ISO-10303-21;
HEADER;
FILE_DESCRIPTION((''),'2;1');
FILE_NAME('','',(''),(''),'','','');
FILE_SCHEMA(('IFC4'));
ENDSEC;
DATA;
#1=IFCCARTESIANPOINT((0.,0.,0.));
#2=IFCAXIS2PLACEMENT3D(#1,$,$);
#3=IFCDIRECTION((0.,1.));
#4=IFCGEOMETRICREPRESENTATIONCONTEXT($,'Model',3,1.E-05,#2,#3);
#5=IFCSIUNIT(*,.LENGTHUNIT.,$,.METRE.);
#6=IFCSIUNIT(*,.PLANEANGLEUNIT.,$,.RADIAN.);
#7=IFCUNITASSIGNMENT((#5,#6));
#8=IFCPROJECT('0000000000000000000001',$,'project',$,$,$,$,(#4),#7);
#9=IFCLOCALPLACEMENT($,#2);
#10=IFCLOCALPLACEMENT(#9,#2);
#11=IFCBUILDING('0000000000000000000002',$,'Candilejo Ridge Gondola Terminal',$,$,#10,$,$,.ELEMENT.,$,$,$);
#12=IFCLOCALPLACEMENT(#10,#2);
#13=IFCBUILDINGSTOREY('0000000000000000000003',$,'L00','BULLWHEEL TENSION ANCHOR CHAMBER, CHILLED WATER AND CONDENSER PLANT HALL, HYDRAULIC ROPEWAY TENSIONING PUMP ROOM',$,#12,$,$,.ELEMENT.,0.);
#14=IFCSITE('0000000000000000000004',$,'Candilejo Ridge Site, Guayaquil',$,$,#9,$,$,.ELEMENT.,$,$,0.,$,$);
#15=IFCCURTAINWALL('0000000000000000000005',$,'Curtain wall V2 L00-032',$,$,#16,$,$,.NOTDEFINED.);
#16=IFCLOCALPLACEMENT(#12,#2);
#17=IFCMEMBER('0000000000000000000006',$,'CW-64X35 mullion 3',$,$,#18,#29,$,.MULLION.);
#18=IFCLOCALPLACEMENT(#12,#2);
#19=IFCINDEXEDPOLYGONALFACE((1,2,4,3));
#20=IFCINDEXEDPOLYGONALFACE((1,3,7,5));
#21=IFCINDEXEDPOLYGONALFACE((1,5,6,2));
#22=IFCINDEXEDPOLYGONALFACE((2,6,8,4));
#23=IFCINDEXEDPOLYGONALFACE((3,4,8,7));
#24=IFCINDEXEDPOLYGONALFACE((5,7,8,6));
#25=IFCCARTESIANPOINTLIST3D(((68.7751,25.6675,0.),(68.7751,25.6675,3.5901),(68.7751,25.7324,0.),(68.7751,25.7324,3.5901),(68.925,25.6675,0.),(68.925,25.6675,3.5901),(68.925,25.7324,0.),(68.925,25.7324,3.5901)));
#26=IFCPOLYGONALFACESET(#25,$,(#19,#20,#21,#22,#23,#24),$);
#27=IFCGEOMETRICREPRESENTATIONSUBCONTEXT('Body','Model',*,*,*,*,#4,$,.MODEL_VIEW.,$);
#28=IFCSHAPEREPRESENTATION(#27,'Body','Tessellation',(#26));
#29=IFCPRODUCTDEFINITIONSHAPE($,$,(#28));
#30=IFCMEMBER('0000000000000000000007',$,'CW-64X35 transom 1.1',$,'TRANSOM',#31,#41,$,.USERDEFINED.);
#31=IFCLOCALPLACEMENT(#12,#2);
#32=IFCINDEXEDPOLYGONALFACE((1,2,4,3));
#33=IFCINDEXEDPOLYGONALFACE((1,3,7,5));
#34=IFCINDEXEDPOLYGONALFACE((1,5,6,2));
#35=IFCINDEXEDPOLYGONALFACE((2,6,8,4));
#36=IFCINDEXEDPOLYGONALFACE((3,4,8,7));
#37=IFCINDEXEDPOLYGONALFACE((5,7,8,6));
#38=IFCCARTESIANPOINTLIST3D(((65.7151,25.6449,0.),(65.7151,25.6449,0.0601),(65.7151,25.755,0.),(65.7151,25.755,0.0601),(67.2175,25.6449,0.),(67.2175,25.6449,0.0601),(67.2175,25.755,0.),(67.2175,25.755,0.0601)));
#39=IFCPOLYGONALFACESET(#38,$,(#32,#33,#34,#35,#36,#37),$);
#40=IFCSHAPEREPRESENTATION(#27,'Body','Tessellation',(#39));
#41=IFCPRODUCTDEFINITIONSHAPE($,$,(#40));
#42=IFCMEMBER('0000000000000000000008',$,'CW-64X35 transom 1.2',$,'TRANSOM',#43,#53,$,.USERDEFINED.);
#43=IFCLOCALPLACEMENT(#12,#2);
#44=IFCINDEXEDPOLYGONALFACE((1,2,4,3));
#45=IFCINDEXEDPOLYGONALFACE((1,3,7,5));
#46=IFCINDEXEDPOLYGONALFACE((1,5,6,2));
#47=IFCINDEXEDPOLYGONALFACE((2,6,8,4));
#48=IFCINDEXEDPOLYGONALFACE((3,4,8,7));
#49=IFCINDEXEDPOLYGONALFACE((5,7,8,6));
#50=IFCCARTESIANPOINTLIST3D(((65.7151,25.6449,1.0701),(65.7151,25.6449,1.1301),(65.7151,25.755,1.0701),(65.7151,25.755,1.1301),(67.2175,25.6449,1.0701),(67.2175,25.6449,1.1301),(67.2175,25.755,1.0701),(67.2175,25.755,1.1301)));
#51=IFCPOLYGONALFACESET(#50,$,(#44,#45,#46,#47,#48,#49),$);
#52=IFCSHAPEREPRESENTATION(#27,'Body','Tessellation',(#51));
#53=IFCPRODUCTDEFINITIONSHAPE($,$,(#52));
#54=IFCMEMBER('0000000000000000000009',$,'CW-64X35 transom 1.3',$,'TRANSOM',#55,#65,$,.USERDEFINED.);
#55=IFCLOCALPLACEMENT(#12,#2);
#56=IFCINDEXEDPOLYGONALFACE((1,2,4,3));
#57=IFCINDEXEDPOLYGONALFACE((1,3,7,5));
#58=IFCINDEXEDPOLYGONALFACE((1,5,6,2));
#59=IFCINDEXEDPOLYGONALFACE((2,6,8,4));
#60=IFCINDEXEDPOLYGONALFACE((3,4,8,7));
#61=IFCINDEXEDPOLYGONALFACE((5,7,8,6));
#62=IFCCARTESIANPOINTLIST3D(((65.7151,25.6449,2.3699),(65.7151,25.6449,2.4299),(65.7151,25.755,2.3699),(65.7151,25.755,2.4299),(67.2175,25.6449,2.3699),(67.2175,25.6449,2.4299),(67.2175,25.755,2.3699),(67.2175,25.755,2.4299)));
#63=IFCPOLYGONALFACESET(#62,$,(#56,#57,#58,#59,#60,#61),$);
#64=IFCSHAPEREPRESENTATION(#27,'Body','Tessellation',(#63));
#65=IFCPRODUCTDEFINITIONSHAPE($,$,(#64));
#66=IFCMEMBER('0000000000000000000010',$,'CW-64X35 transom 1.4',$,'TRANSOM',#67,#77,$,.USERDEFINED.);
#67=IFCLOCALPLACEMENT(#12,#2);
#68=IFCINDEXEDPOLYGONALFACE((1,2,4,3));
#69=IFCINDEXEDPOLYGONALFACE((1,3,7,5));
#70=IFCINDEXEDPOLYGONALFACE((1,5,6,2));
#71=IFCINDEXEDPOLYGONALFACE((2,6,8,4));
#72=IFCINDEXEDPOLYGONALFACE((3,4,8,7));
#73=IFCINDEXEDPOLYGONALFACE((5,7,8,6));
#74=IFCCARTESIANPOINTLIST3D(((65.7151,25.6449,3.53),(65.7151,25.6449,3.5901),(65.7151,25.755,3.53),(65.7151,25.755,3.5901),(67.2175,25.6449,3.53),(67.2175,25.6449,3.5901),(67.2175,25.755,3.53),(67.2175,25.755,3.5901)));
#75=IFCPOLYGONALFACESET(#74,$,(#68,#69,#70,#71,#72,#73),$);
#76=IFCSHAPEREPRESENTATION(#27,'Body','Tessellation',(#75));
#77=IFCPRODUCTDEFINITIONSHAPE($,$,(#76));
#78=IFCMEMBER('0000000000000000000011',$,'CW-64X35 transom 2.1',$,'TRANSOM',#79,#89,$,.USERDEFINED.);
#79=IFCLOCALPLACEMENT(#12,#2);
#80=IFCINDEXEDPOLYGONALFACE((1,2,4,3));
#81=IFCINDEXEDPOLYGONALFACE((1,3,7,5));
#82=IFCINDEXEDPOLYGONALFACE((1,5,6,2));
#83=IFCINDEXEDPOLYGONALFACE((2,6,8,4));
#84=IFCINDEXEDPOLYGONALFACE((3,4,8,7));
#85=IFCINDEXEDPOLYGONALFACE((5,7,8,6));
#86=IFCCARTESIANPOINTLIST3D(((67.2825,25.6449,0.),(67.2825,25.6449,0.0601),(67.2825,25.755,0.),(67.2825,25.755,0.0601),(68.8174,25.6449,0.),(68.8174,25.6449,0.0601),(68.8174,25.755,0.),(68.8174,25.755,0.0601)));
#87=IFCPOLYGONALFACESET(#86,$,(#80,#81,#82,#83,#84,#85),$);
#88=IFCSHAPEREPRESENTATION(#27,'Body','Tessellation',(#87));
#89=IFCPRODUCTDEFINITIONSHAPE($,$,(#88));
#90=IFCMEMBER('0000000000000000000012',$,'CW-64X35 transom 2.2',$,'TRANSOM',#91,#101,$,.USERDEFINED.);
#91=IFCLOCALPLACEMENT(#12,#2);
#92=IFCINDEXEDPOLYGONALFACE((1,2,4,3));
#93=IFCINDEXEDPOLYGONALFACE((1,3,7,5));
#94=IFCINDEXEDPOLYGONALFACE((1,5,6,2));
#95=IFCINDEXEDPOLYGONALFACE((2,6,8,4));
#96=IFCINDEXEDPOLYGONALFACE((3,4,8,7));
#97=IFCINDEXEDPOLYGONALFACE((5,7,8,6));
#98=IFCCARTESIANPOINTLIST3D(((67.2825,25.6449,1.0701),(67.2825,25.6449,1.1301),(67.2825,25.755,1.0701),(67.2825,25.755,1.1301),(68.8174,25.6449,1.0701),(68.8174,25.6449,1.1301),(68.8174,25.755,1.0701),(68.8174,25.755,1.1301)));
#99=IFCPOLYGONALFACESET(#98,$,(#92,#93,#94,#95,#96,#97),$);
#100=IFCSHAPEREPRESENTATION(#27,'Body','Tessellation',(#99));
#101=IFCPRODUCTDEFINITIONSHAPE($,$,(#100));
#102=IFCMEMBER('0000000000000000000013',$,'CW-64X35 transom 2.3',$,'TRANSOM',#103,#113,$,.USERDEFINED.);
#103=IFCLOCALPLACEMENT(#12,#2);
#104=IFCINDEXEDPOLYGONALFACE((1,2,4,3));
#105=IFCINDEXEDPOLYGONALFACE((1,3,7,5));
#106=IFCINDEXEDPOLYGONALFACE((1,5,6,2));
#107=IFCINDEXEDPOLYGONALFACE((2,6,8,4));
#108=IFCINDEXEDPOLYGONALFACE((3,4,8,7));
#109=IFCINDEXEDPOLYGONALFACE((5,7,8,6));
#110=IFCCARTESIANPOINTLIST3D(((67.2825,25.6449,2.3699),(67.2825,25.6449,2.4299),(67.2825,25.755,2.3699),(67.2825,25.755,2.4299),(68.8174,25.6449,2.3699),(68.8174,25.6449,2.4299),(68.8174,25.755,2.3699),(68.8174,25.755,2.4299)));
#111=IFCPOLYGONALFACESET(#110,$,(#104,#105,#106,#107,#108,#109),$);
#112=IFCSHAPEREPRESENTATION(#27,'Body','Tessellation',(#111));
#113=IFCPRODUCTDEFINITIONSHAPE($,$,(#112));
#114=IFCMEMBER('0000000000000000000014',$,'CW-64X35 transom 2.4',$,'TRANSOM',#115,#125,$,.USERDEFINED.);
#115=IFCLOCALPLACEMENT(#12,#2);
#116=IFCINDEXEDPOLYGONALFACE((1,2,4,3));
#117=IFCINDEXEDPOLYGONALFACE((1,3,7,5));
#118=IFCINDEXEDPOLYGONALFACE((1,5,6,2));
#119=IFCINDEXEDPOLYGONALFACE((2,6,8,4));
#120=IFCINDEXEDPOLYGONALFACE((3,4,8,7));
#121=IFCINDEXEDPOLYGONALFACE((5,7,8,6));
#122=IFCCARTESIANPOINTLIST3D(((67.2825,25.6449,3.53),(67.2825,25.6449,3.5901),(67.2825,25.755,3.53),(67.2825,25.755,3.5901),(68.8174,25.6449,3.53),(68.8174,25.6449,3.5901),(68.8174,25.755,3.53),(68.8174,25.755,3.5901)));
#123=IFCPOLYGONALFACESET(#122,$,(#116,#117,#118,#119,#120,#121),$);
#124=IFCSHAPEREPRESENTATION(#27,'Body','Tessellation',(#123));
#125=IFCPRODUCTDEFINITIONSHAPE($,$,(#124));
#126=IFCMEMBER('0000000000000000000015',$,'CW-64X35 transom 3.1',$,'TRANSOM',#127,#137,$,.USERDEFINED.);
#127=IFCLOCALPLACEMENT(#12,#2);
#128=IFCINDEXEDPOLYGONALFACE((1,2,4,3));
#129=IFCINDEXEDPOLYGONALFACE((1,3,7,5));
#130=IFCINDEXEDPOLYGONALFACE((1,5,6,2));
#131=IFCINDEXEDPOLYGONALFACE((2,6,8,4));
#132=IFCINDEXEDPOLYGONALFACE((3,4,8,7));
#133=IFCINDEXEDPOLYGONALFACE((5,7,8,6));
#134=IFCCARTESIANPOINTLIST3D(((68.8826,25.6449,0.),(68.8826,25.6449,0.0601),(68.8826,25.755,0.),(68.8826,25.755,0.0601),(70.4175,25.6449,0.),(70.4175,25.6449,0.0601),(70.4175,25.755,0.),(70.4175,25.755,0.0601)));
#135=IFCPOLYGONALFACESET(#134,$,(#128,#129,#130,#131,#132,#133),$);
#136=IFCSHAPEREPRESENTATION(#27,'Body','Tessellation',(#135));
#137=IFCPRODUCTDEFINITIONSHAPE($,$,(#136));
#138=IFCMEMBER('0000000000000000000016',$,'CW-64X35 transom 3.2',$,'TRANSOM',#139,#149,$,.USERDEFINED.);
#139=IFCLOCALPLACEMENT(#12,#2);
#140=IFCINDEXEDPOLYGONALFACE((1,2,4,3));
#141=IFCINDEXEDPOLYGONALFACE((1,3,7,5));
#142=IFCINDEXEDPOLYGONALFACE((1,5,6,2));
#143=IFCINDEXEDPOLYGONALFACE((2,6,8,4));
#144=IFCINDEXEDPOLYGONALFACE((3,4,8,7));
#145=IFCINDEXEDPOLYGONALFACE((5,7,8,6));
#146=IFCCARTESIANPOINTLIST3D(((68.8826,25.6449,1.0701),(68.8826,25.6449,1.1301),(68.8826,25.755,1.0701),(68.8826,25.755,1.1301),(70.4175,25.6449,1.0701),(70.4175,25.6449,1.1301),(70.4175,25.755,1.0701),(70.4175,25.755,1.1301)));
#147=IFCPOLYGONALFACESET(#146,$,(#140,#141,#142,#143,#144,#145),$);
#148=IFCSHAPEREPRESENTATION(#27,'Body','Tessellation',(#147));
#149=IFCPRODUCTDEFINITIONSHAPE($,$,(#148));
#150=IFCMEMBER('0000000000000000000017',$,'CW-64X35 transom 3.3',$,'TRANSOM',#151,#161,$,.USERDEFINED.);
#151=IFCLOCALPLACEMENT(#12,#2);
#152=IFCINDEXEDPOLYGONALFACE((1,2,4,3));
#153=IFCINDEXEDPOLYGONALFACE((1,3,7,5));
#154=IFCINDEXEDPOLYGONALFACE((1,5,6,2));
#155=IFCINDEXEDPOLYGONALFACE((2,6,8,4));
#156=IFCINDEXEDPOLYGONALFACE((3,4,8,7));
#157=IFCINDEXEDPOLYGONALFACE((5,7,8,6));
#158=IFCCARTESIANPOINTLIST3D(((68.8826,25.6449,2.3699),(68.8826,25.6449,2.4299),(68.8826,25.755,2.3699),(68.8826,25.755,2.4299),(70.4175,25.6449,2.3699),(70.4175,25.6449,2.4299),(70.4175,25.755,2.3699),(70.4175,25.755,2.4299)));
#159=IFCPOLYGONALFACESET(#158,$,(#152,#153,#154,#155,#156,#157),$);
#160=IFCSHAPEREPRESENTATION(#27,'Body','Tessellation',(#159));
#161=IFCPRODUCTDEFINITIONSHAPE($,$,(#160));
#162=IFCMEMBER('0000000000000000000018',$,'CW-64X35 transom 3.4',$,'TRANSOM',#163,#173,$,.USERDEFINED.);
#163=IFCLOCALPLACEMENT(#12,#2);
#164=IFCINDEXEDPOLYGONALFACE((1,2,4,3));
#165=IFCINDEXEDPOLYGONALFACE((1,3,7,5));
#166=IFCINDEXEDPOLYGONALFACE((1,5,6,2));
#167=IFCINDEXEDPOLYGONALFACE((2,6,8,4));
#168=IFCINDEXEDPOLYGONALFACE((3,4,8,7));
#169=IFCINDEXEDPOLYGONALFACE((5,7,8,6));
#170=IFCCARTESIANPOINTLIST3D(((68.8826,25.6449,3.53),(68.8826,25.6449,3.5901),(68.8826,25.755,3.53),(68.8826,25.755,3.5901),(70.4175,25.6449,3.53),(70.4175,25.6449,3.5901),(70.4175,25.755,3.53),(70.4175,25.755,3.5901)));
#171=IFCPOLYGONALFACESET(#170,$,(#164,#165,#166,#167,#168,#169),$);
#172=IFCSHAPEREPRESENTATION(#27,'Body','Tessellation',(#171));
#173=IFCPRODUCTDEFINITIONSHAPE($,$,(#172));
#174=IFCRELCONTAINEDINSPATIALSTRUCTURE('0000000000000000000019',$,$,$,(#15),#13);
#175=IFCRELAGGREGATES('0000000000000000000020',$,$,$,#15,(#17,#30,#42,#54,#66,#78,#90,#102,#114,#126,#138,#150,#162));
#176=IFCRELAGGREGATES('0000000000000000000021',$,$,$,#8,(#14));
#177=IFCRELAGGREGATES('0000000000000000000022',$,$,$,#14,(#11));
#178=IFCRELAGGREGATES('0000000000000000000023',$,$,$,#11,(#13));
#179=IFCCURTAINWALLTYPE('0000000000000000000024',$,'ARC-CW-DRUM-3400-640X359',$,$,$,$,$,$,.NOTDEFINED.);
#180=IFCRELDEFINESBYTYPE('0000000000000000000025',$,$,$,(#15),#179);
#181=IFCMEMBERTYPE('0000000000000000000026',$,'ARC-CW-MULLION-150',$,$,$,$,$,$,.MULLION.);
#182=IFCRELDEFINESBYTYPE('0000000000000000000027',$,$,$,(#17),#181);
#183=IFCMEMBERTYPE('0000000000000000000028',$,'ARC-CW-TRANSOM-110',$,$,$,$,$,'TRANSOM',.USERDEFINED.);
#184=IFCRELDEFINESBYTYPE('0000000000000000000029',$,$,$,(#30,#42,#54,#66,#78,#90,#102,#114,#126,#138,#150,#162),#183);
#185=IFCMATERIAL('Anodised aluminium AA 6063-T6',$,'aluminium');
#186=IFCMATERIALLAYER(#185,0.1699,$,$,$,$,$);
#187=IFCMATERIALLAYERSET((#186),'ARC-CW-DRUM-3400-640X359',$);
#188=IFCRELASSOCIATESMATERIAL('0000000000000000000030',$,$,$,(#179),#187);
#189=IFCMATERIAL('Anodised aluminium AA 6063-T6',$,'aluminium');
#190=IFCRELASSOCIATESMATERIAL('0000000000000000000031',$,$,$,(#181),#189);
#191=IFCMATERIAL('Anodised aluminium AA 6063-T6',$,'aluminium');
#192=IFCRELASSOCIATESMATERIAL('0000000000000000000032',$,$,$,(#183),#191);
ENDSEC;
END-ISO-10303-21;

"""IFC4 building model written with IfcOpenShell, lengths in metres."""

from ifc_helpers import new_model, si_unit, direction, frame, origin, origin_2d, place, context, subcontext, project, spatial, rectangle, extrude, material, layer, layer_set, material_profile, profile_set, type_object, element, aggregate, save


model = new_model("IFC4")

# Units and contexts
model_context = context("Model", 3, precision=1e-05, world=origin(), true_north=direction((0.0, 1.0)))
body_context = subcontext(model_context, "Body", "Model", "MODEL_VIEW")
ifc_project = project(units=[si_unit("LENGTHUNIT", "METRE"), si_unit("PLANEANGLEUNIT", "RADIAN")], contexts=[model_context])

# Site, building, storey
site_placement = place(None, origin())
site = spatial("IfcSite", under=ifc_project, at=site_placement, Name="Candilejo Ridge Site, Guayaquil", CompositionType="ELEMENT", RefElevation=0.0)
building_placement = place(site_placement, origin())
building = spatial("IfcBuilding", under=site, at=building_placement, Name="Candilejo Ridge Gondola Terminal", CompositionType="ELEMENT")
storey_placement = place(building_placement, origin())
storey = spatial("IfcBuildingStorey", under=building, at=storey_placement, Name="L00", Description="BULLWHEEL TENSION ANCHOR CHAMBER, CHILLED WATER AND CONDENSER PLANT HALL, HYDRAULIC ROPEWAY TENSIONING PUMP ROOM", CompositionType="ELEMENT", Elevation=0.0)

# Curtain wall, members
ifc_material_1 = material(Name="Anodised aluminium AA 6063-T6", Category="aluminium")
ifc_layer_1 = layer(ifc_material_1, 0.1699)
ifc_layer_set_1 = layer_set([ifc_layer_1], Name="ARC-CW-DRUM-3400-640X359")
curtain_wall_type = type_object("IfcCurtainWallType", Name="ARC-CW-DRUM-3400-640X359", PredefinedType="NOTDEFINED", material=ifc_layer_set_1)
curtain_wall_placement = place(storey_placement, origin())
curtain_wall = element("IfcCurtainWall", 1, at=curtain_wall_placement, inside=storey, type_object=curtain_wall_type, Name="Curtain wall V2 L00-032", PredefinedType="NOTDEFINED")
ifc_material_2 = material(Name="Anodised aluminium AA 6063-T6", Category="aluminium")
ifc_material_profile_1 = material_profile(ifc_material_2, rectangle(XDim=0.0649, YDim=0.1499, at=origin_2d()))
ifc_profile_set_1 = profile_set([ifc_material_profile_1], Name="Anodised aluminium AA 6063-T6")
member_type_1 = type_object("IfcMemberType", Name="ARC-CW-MULLION-150", PredefinedType="MULLION", material=ifc_profile_set_1)
member_1_placement = place(storey_placement, frame((68.8501, 25.7, 0.0), z_axis=(0.0, 0.0, 1.0), x_axis=(0.0, 1.0, 0.0)))
member_1 = element("IfcMember", 2, at=member_1_placement, type_object=member_type_1, Name="CW-64X35 mullion 3", PredefinedType="MULLION", context=body_context, shape_type="SweptSolid", body=[
    extrude(rectangle(XDim=0.0649, YDim=0.1499, at=origin_2d()), origin(), (0.0, 0.0, 1.0), 3.5901),
])
ifc_material_3 = material(Name="Anodised aluminium AA 6063-T6", Category="aluminium")
ifc_material_profile_2 = material_profile(ifc_material_3, rectangle(XDim=0.1101, YDim=0.0601, at=origin_2d()))
ifc_profile_set_2 = profile_set([ifc_material_profile_2], Name="Anodised aluminium AA 6063-T6")
member_type_2 = type_object("IfcMemberType", Name="ARC-CW-TRANSOM-110", ElementType="TRANSOM", PredefinedType="USERDEFINED", material=ifc_profile_set_2)
member_2_placement = place(storey_placement, frame((65.7151, 25.7, 0.03), z_axis=(1.0, 0.0, 0.0), x_axis=(0.0, 1.0, 0.0)))
member_2 = element("IfcMember", 3, at=member_2_placement, type_object=member_type_2, Name="CW-64X35 transom 1.1", ObjectType="TRANSOM", PredefinedType="USERDEFINED", context=body_context, shape_type="SweptSolid", body=[
    extrude(rectangle(XDim=0.1101, YDim=0.0601, at=origin_2d()), origin(), (0.0, 0.0, 1.0), 1.5024),
])
member_3_placement = place(storey_placement, frame((65.7151, 25.7, 1.1001), z_axis=(1.0, 0.0, 0.0), x_axis=(0.0, 1.0, 0.0)))
member_3 = element("IfcMember", 4, at=member_3_placement, type_object=member_type_2, Name="CW-64X35 transom 1.2", ObjectType="TRANSOM", PredefinedType="USERDEFINED", context=body_context, shape_type="SweptSolid", body=[
    extrude(rectangle(XDim=0.1101, YDim=0.0601, at=origin_2d()), origin(), (0.0, 0.0, 1.0), 1.5024),
])
member_4_placement = place(storey_placement, frame((65.7151, 25.7, 2.3999), z_axis=(1.0, 0.0, 0.0), x_axis=(0.0, 1.0, 0.0)))
member_4 = element("IfcMember", 5, at=member_4_placement, type_object=member_type_2, Name="CW-64X35 transom 1.3", ObjectType="TRANSOM", PredefinedType="USERDEFINED", context=body_context, shape_type="SweptSolid", body=[
    extrude(rectangle(XDim=0.1101, YDim=0.0601, at=origin_2d()), origin(), (0.0, 0.0, 1.0), 1.5024),
])
member_5_placement = place(storey_placement, frame((65.7151, 25.7, 3.5601), z_axis=(1.0, 0.0, 0.0), x_axis=(0.0, 1.0, 0.0)))
member_5 = element("IfcMember", 6, at=member_5_placement, type_object=member_type_2, Name="CW-64X35 transom 1.4", ObjectType="TRANSOM", PredefinedType="USERDEFINED", context=body_context, shape_type="SweptSolid", body=[
    extrude(rectangle(XDim=0.1101, YDim=0.0601, at=origin_2d()), origin(), (0.0, 0.0, 1.0), 1.5024),
])
member_6_placement = place(storey_placement, frame((67.2825, 25.7, 0.03), z_axis=(1.0, 0.0, 0.0), x_axis=(0.0, 1.0, 0.0)))
member_6 = element("IfcMember", 7, at=member_6_placement, type_object=member_type_2, Name="CW-64X35 transom 2.1", ObjectType="TRANSOM", PredefinedType="USERDEFINED", context=body_context, shape_type="SweptSolid", body=[
    extrude(rectangle(XDim=0.1101, YDim=0.0601, at=origin_2d()), origin(), (0.0, 0.0, 1.0), 1.5349),
])
member_7_placement = place(storey_placement, frame((67.2825, 25.7, 1.1001), z_axis=(1.0, 0.0, 0.0), x_axis=(0.0, 1.0, 0.0)))
member_7 = element("IfcMember", 8, at=member_7_placement, type_object=member_type_2, Name="CW-64X35 transom 2.2", ObjectType="TRANSOM", PredefinedType="USERDEFINED", context=body_context, shape_type="SweptSolid", body=[
    extrude(rectangle(XDim=0.1101, YDim=0.0601, at=origin_2d()), origin(), (0.0, 0.0, 1.0), 1.5349),
])
member_8_placement = place(storey_placement, frame((67.2825, 25.7, 2.3999), z_axis=(1.0, 0.0, 0.0), x_axis=(0.0, 1.0, 0.0)))
member_8 = element("IfcMember", 9, at=member_8_placement, type_object=member_type_2, Name="CW-64X35 transom 2.3", ObjectType="TRANSOM", PredefinedType="USERDEFINED", context=body_context, shape_type="SweptSolid", body=[
    extrude(rectangle(XDim=0.1101, YDim=0.0601, at=origin_2d()), origin(), (0.0, 0.0, 1.0), 1.5349),
])
member_9_placement = place(storey_placement, frame((67.2825, 25.7, 3.5601), z_axis=(1.0, 0.0, 0.0), x_axis=(0.0, 1.0, 0.0)))
member_9 = element("IfcMember", 10, at=member_9_placement, type_object=member_type_2, Name="CW-64X35 transom 2.4", ObjectType="TRANSOM", PredefinedType="USERDEFINED", context=body_context, shape_type="SweptSolid", body=[
    extrude(rectangle(XDim=0.1101, YDim=0.0601, at=origin_2d()), origin(), (0.0, 0.0, 1.0), 1.5349),
])
member_10_placement = place(storey_placement, frame((68.8826, 25.7, 0.03), z_axis=(1.0, 0.0, 0.0), x_axis=(0.0, 1.0, 0.0)))
member_10 = element("IfcMember", 11, at=member_10_placement, type_object=member_type_2, Name="CW-64X35 transom 3.1", ObjectType="TRANSOM", PredefinedType="USERDEFINED", context=body_context, shape_type="SweptSolid", body=[
    extrude(rectangle(XDim=0.1101, YDim=0.0601, at=origin_2d()), origin(), (0.0, 0.0, 1.0), 1.5349),
])
member_11_placement = place(storey_placement, frame((68.8826, 25.7, 1.1001), z_axis=(1.0, 0.0, 0.0), x_axis=(0.0, 1.0, 0.0)))
member_11 = element("IfcMember", 12, at=member_11_placement, type_object=member_type_2, Name="CW-64X35 transom 3.2", ObjectType="TRANSOM", PredefinedType="USERDEFINED", context=body_context, shape_type="SweptSolid", body=[
    extrude(rectangle(XDim=0.1101, YDim=0.0601, at=origin_2d()), origin(), (0.0, 0.0, 1.0), 1.5349),
])
member_12_placement = place(storey_placement, frame((68.8826, 25.7, 2.3999), z_axis=(1.0, 0.0, 0.0), x_axis=(0.0, 1.0, 0.0)))
member_12 = element("IfcMember", 13, at=member_12_placement, type_object=member_type_2, Name="CW-64X35 transom 3.3", ObjectType="TRANSOM", PredefinedType="USERDEFINED", context=body_context, shape_type="SweptSolid", body=[
    extrude(rectangle(XDim=0.1101, YDim=0.0601, at=origin_2d()), origin(), (0.0, 0.0, 1.0), 1.5349),
])
member_13_placement = place(storey_placement, frame((68.8826, 25.7, 3.5601), z_axis=(1.0, 0.0, 0.0), x_axis=(0.0, 1.0, 0.0)))
member_13 = element("IfcMember", 14, at=member_13_placement, type_object=member_type_2, Name="CW-64X35 transom 3.4", ObjectType="TRANSOM", PredefinedType="USERDEFINED", context=body_context, shape_type="SweptSolid", body=[
    extrude(rectangle(XDim=0.1101, YDim=0.0601, at=origin_2d()), origin(), (0.0, 0.0, 1.0), 1.5349),
])

aggregate(curtain_wall, [member_1, member_2, member_3, member_4, member_5, member_6, member_7, member_8, member_9, member_10, member_11, member_12, member_13])

save(model, "model.ifc")
